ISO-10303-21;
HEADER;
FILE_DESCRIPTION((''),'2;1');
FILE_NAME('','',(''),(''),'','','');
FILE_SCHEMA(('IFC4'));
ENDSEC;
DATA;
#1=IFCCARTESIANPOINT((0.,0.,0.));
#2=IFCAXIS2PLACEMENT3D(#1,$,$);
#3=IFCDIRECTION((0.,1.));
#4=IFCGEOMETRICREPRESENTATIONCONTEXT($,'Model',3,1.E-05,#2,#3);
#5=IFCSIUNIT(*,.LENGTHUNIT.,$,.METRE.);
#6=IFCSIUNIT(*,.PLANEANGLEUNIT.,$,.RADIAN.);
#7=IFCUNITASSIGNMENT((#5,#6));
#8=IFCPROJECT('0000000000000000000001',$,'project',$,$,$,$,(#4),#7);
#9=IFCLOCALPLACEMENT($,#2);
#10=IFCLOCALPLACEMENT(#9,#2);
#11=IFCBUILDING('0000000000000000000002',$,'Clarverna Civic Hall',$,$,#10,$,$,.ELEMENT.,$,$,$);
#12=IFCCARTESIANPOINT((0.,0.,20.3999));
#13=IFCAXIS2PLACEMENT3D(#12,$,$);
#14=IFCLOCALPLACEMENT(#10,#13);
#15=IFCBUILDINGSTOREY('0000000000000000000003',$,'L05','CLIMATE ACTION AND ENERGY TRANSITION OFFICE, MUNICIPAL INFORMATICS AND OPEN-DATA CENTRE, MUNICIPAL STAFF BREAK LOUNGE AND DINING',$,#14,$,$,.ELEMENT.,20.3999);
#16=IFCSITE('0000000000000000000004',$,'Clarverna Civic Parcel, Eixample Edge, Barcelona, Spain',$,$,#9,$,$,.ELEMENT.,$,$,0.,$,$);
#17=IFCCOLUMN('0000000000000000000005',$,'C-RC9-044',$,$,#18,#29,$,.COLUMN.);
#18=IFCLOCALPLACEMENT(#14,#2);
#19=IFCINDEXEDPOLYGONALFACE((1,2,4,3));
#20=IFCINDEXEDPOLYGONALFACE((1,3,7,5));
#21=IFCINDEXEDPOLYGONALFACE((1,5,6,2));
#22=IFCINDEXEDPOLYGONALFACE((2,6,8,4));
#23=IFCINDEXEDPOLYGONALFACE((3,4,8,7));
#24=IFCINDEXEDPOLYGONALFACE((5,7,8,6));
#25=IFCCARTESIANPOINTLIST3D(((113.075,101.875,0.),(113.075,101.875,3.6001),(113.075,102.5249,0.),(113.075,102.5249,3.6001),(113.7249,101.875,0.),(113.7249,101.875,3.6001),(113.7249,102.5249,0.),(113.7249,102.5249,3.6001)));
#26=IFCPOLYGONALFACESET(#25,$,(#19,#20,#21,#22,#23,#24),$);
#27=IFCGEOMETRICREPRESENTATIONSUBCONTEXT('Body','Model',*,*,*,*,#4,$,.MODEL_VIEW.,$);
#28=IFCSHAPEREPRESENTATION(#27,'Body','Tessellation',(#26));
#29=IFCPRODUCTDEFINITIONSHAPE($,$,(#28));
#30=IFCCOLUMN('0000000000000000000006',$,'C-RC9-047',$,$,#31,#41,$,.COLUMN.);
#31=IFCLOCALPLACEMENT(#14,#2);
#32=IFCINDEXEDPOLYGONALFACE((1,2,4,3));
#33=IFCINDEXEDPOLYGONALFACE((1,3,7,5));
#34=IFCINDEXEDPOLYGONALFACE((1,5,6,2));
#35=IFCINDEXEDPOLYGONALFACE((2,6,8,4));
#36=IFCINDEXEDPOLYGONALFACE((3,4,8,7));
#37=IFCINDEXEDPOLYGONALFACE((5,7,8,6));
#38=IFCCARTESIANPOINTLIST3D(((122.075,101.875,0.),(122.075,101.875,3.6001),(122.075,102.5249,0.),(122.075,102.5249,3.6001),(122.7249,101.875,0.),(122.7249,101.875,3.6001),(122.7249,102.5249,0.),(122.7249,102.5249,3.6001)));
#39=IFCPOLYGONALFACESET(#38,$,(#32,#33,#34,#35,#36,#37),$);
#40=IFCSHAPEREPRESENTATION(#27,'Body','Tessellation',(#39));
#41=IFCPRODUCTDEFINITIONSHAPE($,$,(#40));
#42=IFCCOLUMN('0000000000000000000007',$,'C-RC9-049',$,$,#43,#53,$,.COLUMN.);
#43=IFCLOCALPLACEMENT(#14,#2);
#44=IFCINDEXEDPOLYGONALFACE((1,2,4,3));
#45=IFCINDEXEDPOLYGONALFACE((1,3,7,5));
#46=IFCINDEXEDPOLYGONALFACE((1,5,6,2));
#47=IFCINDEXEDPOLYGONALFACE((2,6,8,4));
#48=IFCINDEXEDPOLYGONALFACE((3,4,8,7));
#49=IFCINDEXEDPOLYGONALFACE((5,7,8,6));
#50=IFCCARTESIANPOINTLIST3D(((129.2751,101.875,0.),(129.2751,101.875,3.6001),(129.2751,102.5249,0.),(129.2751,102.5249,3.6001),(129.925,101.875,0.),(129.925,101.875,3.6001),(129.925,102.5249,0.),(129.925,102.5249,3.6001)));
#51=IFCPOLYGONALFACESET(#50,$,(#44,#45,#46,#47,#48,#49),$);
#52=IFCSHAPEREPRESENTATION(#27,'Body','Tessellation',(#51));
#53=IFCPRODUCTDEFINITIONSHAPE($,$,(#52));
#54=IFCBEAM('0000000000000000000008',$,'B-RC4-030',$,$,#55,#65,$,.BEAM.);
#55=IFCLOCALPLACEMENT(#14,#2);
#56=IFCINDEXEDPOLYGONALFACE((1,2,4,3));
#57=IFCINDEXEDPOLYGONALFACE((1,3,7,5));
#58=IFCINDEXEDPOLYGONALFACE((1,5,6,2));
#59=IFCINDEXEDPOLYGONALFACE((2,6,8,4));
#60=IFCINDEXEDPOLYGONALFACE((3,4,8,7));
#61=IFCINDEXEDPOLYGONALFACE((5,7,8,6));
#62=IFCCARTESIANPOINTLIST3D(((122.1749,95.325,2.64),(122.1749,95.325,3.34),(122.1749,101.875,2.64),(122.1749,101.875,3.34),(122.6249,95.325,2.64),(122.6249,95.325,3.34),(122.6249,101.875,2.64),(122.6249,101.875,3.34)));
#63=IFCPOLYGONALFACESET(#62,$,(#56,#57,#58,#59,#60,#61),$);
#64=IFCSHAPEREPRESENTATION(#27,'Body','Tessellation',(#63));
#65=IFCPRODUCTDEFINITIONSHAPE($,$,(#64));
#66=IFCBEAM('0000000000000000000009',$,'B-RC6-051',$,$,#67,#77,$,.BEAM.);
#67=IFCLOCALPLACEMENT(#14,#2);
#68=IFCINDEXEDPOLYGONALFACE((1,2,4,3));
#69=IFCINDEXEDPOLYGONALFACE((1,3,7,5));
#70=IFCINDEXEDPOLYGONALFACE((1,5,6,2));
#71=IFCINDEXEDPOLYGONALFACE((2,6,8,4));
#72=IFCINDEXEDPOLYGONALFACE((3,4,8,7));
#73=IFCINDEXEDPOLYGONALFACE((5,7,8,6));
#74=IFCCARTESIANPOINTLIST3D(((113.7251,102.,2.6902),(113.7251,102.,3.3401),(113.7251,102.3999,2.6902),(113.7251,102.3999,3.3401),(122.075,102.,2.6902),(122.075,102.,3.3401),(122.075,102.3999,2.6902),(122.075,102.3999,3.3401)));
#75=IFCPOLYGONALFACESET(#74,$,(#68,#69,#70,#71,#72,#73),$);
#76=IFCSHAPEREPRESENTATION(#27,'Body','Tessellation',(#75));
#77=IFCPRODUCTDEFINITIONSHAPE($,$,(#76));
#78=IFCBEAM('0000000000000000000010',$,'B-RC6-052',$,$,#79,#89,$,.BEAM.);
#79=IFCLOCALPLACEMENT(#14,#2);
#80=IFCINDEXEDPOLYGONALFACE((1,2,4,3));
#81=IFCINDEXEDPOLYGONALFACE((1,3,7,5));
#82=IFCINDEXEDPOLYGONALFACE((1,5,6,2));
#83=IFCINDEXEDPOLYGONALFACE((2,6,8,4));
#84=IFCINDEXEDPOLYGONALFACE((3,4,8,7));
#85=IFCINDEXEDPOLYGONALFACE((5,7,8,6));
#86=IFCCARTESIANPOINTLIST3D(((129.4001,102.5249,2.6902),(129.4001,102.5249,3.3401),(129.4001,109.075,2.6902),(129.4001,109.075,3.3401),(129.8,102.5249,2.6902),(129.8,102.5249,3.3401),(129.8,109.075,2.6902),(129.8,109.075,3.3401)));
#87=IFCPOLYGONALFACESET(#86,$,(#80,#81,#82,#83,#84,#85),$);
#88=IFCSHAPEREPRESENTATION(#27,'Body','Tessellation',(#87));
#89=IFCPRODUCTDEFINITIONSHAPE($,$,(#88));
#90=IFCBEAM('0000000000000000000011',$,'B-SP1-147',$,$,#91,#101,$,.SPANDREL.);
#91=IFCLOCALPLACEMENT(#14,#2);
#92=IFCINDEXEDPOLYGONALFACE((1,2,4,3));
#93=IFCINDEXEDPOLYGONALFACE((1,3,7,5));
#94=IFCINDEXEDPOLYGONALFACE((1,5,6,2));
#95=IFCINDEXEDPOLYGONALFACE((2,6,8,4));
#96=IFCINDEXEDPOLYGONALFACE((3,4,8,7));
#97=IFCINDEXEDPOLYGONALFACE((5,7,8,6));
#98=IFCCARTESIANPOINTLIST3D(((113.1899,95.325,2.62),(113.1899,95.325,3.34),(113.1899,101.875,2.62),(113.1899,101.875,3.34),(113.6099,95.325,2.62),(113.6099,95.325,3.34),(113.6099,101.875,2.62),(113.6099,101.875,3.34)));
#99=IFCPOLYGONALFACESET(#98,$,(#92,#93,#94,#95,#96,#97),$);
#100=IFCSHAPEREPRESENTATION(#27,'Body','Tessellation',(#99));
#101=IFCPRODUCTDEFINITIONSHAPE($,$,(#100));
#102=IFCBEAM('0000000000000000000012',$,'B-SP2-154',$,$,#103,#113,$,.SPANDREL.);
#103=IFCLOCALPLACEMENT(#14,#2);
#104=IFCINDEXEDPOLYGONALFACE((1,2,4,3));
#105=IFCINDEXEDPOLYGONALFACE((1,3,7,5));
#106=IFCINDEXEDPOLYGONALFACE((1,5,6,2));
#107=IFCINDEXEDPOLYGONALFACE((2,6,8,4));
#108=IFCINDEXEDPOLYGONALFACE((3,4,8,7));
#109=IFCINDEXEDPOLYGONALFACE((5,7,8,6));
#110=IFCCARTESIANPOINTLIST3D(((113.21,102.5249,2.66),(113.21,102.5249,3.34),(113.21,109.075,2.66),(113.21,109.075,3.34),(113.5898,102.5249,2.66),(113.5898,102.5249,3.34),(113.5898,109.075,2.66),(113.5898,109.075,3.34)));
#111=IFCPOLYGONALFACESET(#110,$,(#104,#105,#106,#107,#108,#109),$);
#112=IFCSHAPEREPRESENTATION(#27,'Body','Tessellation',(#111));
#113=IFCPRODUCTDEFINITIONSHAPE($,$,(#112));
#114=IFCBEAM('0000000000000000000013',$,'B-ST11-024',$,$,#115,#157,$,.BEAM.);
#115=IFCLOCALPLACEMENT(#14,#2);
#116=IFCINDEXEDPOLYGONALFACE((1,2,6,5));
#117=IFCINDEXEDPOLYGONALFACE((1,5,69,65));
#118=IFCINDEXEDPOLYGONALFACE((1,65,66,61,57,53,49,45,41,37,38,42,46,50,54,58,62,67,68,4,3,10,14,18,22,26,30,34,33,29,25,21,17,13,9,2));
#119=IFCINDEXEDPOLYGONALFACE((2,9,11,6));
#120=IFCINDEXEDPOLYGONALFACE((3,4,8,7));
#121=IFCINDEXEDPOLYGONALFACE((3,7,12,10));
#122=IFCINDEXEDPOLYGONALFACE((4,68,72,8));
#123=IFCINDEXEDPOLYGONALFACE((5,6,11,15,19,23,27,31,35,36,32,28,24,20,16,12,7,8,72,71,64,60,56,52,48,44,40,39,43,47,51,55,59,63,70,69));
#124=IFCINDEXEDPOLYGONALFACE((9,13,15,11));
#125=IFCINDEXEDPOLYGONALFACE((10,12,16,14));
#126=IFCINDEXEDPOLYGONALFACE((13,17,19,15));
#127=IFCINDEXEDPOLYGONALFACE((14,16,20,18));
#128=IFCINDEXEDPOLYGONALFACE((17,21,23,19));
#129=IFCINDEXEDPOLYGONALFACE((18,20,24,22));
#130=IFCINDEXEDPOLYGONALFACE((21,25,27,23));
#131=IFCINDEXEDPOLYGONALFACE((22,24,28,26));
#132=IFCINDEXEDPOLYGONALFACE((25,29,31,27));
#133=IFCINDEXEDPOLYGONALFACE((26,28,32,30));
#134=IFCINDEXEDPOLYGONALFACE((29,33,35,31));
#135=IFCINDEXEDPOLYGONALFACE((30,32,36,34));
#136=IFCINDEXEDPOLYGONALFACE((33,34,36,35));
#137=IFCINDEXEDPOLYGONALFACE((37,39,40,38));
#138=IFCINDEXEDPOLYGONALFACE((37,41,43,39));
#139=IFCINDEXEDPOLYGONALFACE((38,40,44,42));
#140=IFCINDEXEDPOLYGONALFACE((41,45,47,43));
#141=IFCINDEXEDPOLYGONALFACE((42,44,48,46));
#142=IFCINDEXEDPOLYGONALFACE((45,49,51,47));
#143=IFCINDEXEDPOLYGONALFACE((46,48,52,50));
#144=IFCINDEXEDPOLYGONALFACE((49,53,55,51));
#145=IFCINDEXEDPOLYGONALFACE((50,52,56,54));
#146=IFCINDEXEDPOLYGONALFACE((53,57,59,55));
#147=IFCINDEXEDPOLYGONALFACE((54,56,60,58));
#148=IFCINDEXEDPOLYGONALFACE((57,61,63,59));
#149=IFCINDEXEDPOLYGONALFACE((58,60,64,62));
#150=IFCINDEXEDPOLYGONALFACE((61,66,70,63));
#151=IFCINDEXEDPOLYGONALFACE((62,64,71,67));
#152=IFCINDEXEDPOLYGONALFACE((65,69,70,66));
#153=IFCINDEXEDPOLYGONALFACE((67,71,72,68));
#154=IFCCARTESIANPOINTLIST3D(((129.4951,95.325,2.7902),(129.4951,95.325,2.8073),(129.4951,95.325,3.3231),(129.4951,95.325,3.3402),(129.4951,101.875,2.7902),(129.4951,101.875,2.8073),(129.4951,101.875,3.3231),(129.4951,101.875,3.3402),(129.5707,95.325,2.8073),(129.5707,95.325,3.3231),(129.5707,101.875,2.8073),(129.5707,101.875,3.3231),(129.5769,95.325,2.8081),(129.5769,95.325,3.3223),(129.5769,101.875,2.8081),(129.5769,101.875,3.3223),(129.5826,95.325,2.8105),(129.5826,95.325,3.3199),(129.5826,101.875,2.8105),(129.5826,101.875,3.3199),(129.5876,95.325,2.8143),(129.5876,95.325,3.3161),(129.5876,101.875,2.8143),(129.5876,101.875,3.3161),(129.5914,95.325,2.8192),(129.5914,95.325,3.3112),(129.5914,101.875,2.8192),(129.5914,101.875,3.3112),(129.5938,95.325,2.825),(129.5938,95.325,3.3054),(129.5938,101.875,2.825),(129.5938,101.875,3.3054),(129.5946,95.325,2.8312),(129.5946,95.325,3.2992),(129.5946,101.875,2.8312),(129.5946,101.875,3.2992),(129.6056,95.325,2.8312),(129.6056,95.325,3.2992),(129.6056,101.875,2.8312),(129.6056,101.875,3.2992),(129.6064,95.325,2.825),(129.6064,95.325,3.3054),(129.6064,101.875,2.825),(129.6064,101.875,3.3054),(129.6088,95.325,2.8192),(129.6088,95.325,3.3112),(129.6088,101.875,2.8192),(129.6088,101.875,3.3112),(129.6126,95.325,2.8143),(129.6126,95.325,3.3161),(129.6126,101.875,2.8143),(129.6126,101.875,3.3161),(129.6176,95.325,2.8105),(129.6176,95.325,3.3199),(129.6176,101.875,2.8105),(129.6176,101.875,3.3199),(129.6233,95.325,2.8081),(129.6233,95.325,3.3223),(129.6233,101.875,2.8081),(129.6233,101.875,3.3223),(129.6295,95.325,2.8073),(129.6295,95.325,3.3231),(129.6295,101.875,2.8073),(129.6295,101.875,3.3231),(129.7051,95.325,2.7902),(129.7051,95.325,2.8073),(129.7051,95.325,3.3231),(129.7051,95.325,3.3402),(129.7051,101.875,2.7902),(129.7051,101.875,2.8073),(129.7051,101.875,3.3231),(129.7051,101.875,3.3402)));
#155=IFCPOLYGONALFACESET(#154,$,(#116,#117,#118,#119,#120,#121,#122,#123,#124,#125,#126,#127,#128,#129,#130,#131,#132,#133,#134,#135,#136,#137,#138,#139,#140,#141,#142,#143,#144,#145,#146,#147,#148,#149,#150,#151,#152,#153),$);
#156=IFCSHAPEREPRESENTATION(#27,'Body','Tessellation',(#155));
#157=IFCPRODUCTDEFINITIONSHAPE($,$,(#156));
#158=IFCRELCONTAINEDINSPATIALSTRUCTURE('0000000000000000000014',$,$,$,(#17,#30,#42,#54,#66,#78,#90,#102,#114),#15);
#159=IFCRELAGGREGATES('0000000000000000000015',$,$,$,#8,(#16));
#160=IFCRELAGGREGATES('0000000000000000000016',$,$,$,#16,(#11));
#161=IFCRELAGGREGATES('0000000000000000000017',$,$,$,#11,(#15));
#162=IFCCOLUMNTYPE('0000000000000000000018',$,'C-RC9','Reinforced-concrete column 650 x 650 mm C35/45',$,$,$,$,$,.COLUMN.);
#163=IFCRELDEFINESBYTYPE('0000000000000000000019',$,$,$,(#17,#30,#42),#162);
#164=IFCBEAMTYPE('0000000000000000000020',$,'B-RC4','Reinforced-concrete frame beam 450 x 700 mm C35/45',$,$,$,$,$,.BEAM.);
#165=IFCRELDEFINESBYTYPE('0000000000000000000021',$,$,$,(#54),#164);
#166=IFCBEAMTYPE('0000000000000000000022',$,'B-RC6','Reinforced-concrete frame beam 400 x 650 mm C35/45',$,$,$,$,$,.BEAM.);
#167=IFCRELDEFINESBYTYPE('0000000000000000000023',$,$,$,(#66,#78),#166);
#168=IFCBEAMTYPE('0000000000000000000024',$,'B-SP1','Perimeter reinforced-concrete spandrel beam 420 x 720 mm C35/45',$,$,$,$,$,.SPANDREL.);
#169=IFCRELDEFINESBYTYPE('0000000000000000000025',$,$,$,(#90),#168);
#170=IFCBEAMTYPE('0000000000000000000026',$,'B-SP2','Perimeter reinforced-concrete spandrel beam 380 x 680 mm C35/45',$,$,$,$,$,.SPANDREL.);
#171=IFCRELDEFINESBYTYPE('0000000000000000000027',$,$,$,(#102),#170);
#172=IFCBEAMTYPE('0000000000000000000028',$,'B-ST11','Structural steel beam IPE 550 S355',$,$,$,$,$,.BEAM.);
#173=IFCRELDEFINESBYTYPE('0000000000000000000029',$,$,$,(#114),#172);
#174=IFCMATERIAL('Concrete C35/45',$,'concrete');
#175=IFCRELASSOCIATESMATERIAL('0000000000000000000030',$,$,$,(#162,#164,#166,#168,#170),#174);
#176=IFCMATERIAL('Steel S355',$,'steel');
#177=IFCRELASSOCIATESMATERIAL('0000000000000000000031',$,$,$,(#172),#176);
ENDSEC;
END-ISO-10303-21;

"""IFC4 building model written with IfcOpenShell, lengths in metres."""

from ifc_helpers import new_model, si_unit, direction, frame, origin, origin_2d, place, context, subcontext, project, spatial, rectangle, i_section, extrude, material, material_profile, profile_set, type_object, element, save


model = new_model("IFC4")

# Units and contexts
model_context = context("Model", 3, precision=1e-05, world=origin(), true_north=direction((0.0, 1.0)))
body_context = subcontext(model_context, "Body", "Model", "MODEL_VIEW")
ifc_project = project(units=[si_unit("LENGTHUNIT", "METRE"), si_unit("PLANEANGLEUNIT", "RADIAN")], contexts=[model_context])

# Site, building, storey
site_placement = place(None, origin())
site = spatial("IfcSite", under=ifc_project, at=site_placement, Name="Clarverna Civic Parcel, Eixample Edge, Barcelona, Spain", CompositionType="ELEMENT", RefElevation=0.0)
building_placement = place(site_placement, origin())
building = spatial("IfcBuilding", under=site, at=building_placement, Name="Clarverna Civic Hall", CompositionType="ELEMENT")
storey_placement = place(building_placement, frame((0.0, 0.0, 20.3999)))
storey = spatial("IfcBuildingStorey", under=building, at=storey_placement, Name="L05", Description="CLIMATE ACTION AND ENERGY TRANSITION OFFICE, MUNICIPAL INFORMATICS AND OPEN-DATA CENTRE, MUNICIPAL STAFF BREAK LOUNGE AND DINING", CompositionType="ELEMENT", Elevation=20.3999)

# Columns
ifc_material_1 = material(Name="Concrete C35/45", Category="concrete")
ifc_material_profile_1 = material_profile(ifc_material_1, rectangle(XDim=0.6499, YDim=0.6499, at=origin_2d()), Name="RC 650x650")
ifc_profile_set_1 = profile_set([ifc_material_profile_1], Name="Concrete C35/45")
column_type = type_object("IfcColumnType", Name="C-RC9", Description="Reinforced-concrete column 650 x 650 mm C35/45", PredefinedType="COLUMN", material=ifc_profile_set_1)
for number, where, z_axis, x_axis, name in (
    (1, (113.3999, 102.2, 0.0), (0.0, 0.0, 1.0), (1.0, 0.0, 0.0), "C-RC9-044"),
    (2, (122.3999, 102.2, 0.0), (0.0, 0.0, 1.0), (1.0, 0.0, 0.0), "C-RC9-047"),
    (3, (129.6001, 102.2, 0.0), (0.0, 0.0, 1.0), (1.0, 0.0, 0.0), "C-RC9-049"),
):
    element("IfcColumn", number, at=place(storey_placement, frame(where, z_axis=z_axis, x_axis=x_axis)), inside=storey, type_object=column_type, Name=name, PredefinedType="COLUMN", context=body_context, shape_type="SweptSolid", body=[
        extrude(rectangle(XDim=0.6499, YDim=0.6499, at=origin_2d()), origin(), (0.0, 0.0, 1.0), 3.6001),
    ])

# Beams
ifc_material_profile_2 = material_profile(ifc_material_1, rectangle(XDim=0.45, YDim=0.7, at=origin_2d()), Name="RC 450x700")
ifc_profile_set_2 = profile_set([ifc_material_profile_2], Name="Concrete C35/45")
beam_type_1 = type_object("IfcBeamType", Name="B-RC4", Description="Reinforced-concrete frame beam 450 x 700 mm C35/45", PredefinedType="BEAM", material=ifc_profile_set_2)
beam_1_placement = place(storey_placement, frame((122.3999, 95.325, 2.99), z_axis=(0.0, 1.0, 0.0), x_axis=(-1.0, 0.0, 0.0)))
element("IfcBeam", 4, at=beam_1_placement, inside=storey, type_object=beam_type_1, Name="B-RC4-030", PredefinedType="BEAM", context=body_context, shape_type="SweptSolid", body=[
    extrude(rectangle(XDim=0.45, YDim=0.7, at=origin_2d()), origin(), (0.0, 0.0, 1.0), 6.55),
])
ifc_material_profile_3 = material_profile(ifc_material_1, rectangle(XDim=0.3999, YDim=0.6499, at=origin_2d()), Name="RC 400x650")
ifc_profile_set_3 = profile_set([ifc_material_profile_3], Name="Concrete C35/45")
beam_type_2 = type_object("IfcBeamType", Name="B-RC6", Description="Reinforced-concrete frame beam 400 x 650 mm C35/45", PredefinedType="BEAM", material=ifc_profile_set_3)
beam_2_placement = place(storey_placement, frame((113.7251, 102.2, 3.0151), z_axis=(1.0, 0.0, 0.0), x_axis=(0.0, 1.0, 0.0)))
element("IfcBeam", 5, at=beam_2_placement, inside=storey, type_object=beam_type_2, Name="B-RC6-051", PredefinedType="BEAM", context=body_context, shape_type="SweptSolid", body=[
    extrude(rectangle(XDim=0.3999, YDim=0.6499, at=origin_2d()), origin(), (0.0, 0.0, 1.0), 8.3499),
])
beam_3_placement = place(storey_placement, frame((129.6001, 102.5249, 3.0151), z_axis=(0.0, 1.0, 0.0), x_axis=(-1.0, 0.0, 0.0)))
element("IfcBeam", 6, at=beam_3_placement, inside=storey, type_object=beam_type_2, Name="B-RC6-052", PredefinedType="BEAM", context=body_context, shape_type="SweptSolid", body=[
    extrude(rectangle(XDim=0.3999, YDim=0.6499, at=origin_2d()), origin(), (0.0, 0.0, 1.0), 6.55),
])
ifc_material_profile_4 = material_profile(ifc_material_1, rectangle(XDim=0.4199, YDim=0.72, at=origin_2d()), Name="RC 420x720")
ifc_profile_set_4 = profile_set([ifc_material_profile_4], Name="Concrete C35/45")
beam_type_3 = type_object("IfcBeamType", Name="B-SP1", Description="Perimeter reinforced-concrete spandrel beam 420 x 720 mm C35/45", PredefinedType="SPANDREL", material=ifc_profile_set_4)
beam_4_placement = place(storey_placement, frame((113.3999, 95.325, 2.98), z_axis=(0.0, 1.0, 0.0), x_axis=(-1.0, 0.0, 0.0)))
element("IfcBeam", 7, at=beam_4_placement, inside=storey, type_object=beam_type_3, Name="B-SP1-147", PredefinedType="SPANDREL", context=body_context, shape_type="SweptSolid", body=[
    extrude(rectangle(XDim=0.4199, YDim=0.72, at=origin_2d()), origin(), (0.0, 0.0, 1.0), 6.55),
])
ifc_material_profile_5 = material_profile(ifc_material_1, rectangle(XDim=0.3799, YDim=0.6799, at=origin_2d()), Name="RC 380x680")
ifc_profile_set_5 = profile_set([ifc_material_profile_5], Name="Concrete C35/45")
beam_type_4 = type_object("IfcBeamType", Name="B-SP2", Description="Perimeter reinforced-concrete spandrel beam 380 x 680 mm C35/45", PredefinedType="SPANDREL", material=ifc_profile_set_5)
beam_5_placement = place(storey_placement, frame((113.3999, 102.5249, 3.0), z_axis=(0.0, 1.0, 0.0), x_axis=(-1.0, 0.0, 0.0)))
element("IfcBeam", 8, at=beam_5_placement, inside=storey, type_object=beam_type_4, Name="B-SP2-154", PredefinedType="SPANDREL", context=body_context, shape_type="SweptSolid", body=[
    extrude(rectangle(XDim=0.3799, YDim=0.6799, at=origin_2d()), origin(), (0.0, 0.0, 1.0), 6.55),
])
ifc_material_2 = material(Name="Steel S355", Category="steel")
ifc_material_profile_6 = material_profile(ifc_material_2, i_section(OverallWidth=0.21, OverallDepth=0.55, WebThickness=0.011, FlangeThickness=0.0171, FilletRadius=0.0239, at=origin_2d()), Name="IPE 550")
ifc_profile_set_6 = profile_set([ifc_material_profile_6], Name="Steel S355")
beam_type_5 = type_object("IfcBeamType", Name="B-ST11", Description="Structural steel beam IPE 550 S355", PredefinedType="BEAM", material=ifc_profile_set_6)
beam_6_placement = place(storey_placement, frame((129.6001, 95.325, 3.0652), z_axis=(0.0, 1.0, 0.0), x_axis=(-1.0, 0.0, 0.0)))
element("IfcBeam", 9, at=beam_6_placement, inside=storey, type_object=beam_type_5, Name="B-ST11-024", PredefinedType="BEAM", context=body_context, shape_type="SweptSolid", body=[
    extrude(i_section(OverallWidth=0.21, OverallDepth=0.55, WebThickness=0.011, FlangeThickness=0.0171, FilletRadius=0.0239, at=origin_2d()), origin(), (0.0, 0.0, 1.0), 6.55),
])

save(model, "model.ifc")
